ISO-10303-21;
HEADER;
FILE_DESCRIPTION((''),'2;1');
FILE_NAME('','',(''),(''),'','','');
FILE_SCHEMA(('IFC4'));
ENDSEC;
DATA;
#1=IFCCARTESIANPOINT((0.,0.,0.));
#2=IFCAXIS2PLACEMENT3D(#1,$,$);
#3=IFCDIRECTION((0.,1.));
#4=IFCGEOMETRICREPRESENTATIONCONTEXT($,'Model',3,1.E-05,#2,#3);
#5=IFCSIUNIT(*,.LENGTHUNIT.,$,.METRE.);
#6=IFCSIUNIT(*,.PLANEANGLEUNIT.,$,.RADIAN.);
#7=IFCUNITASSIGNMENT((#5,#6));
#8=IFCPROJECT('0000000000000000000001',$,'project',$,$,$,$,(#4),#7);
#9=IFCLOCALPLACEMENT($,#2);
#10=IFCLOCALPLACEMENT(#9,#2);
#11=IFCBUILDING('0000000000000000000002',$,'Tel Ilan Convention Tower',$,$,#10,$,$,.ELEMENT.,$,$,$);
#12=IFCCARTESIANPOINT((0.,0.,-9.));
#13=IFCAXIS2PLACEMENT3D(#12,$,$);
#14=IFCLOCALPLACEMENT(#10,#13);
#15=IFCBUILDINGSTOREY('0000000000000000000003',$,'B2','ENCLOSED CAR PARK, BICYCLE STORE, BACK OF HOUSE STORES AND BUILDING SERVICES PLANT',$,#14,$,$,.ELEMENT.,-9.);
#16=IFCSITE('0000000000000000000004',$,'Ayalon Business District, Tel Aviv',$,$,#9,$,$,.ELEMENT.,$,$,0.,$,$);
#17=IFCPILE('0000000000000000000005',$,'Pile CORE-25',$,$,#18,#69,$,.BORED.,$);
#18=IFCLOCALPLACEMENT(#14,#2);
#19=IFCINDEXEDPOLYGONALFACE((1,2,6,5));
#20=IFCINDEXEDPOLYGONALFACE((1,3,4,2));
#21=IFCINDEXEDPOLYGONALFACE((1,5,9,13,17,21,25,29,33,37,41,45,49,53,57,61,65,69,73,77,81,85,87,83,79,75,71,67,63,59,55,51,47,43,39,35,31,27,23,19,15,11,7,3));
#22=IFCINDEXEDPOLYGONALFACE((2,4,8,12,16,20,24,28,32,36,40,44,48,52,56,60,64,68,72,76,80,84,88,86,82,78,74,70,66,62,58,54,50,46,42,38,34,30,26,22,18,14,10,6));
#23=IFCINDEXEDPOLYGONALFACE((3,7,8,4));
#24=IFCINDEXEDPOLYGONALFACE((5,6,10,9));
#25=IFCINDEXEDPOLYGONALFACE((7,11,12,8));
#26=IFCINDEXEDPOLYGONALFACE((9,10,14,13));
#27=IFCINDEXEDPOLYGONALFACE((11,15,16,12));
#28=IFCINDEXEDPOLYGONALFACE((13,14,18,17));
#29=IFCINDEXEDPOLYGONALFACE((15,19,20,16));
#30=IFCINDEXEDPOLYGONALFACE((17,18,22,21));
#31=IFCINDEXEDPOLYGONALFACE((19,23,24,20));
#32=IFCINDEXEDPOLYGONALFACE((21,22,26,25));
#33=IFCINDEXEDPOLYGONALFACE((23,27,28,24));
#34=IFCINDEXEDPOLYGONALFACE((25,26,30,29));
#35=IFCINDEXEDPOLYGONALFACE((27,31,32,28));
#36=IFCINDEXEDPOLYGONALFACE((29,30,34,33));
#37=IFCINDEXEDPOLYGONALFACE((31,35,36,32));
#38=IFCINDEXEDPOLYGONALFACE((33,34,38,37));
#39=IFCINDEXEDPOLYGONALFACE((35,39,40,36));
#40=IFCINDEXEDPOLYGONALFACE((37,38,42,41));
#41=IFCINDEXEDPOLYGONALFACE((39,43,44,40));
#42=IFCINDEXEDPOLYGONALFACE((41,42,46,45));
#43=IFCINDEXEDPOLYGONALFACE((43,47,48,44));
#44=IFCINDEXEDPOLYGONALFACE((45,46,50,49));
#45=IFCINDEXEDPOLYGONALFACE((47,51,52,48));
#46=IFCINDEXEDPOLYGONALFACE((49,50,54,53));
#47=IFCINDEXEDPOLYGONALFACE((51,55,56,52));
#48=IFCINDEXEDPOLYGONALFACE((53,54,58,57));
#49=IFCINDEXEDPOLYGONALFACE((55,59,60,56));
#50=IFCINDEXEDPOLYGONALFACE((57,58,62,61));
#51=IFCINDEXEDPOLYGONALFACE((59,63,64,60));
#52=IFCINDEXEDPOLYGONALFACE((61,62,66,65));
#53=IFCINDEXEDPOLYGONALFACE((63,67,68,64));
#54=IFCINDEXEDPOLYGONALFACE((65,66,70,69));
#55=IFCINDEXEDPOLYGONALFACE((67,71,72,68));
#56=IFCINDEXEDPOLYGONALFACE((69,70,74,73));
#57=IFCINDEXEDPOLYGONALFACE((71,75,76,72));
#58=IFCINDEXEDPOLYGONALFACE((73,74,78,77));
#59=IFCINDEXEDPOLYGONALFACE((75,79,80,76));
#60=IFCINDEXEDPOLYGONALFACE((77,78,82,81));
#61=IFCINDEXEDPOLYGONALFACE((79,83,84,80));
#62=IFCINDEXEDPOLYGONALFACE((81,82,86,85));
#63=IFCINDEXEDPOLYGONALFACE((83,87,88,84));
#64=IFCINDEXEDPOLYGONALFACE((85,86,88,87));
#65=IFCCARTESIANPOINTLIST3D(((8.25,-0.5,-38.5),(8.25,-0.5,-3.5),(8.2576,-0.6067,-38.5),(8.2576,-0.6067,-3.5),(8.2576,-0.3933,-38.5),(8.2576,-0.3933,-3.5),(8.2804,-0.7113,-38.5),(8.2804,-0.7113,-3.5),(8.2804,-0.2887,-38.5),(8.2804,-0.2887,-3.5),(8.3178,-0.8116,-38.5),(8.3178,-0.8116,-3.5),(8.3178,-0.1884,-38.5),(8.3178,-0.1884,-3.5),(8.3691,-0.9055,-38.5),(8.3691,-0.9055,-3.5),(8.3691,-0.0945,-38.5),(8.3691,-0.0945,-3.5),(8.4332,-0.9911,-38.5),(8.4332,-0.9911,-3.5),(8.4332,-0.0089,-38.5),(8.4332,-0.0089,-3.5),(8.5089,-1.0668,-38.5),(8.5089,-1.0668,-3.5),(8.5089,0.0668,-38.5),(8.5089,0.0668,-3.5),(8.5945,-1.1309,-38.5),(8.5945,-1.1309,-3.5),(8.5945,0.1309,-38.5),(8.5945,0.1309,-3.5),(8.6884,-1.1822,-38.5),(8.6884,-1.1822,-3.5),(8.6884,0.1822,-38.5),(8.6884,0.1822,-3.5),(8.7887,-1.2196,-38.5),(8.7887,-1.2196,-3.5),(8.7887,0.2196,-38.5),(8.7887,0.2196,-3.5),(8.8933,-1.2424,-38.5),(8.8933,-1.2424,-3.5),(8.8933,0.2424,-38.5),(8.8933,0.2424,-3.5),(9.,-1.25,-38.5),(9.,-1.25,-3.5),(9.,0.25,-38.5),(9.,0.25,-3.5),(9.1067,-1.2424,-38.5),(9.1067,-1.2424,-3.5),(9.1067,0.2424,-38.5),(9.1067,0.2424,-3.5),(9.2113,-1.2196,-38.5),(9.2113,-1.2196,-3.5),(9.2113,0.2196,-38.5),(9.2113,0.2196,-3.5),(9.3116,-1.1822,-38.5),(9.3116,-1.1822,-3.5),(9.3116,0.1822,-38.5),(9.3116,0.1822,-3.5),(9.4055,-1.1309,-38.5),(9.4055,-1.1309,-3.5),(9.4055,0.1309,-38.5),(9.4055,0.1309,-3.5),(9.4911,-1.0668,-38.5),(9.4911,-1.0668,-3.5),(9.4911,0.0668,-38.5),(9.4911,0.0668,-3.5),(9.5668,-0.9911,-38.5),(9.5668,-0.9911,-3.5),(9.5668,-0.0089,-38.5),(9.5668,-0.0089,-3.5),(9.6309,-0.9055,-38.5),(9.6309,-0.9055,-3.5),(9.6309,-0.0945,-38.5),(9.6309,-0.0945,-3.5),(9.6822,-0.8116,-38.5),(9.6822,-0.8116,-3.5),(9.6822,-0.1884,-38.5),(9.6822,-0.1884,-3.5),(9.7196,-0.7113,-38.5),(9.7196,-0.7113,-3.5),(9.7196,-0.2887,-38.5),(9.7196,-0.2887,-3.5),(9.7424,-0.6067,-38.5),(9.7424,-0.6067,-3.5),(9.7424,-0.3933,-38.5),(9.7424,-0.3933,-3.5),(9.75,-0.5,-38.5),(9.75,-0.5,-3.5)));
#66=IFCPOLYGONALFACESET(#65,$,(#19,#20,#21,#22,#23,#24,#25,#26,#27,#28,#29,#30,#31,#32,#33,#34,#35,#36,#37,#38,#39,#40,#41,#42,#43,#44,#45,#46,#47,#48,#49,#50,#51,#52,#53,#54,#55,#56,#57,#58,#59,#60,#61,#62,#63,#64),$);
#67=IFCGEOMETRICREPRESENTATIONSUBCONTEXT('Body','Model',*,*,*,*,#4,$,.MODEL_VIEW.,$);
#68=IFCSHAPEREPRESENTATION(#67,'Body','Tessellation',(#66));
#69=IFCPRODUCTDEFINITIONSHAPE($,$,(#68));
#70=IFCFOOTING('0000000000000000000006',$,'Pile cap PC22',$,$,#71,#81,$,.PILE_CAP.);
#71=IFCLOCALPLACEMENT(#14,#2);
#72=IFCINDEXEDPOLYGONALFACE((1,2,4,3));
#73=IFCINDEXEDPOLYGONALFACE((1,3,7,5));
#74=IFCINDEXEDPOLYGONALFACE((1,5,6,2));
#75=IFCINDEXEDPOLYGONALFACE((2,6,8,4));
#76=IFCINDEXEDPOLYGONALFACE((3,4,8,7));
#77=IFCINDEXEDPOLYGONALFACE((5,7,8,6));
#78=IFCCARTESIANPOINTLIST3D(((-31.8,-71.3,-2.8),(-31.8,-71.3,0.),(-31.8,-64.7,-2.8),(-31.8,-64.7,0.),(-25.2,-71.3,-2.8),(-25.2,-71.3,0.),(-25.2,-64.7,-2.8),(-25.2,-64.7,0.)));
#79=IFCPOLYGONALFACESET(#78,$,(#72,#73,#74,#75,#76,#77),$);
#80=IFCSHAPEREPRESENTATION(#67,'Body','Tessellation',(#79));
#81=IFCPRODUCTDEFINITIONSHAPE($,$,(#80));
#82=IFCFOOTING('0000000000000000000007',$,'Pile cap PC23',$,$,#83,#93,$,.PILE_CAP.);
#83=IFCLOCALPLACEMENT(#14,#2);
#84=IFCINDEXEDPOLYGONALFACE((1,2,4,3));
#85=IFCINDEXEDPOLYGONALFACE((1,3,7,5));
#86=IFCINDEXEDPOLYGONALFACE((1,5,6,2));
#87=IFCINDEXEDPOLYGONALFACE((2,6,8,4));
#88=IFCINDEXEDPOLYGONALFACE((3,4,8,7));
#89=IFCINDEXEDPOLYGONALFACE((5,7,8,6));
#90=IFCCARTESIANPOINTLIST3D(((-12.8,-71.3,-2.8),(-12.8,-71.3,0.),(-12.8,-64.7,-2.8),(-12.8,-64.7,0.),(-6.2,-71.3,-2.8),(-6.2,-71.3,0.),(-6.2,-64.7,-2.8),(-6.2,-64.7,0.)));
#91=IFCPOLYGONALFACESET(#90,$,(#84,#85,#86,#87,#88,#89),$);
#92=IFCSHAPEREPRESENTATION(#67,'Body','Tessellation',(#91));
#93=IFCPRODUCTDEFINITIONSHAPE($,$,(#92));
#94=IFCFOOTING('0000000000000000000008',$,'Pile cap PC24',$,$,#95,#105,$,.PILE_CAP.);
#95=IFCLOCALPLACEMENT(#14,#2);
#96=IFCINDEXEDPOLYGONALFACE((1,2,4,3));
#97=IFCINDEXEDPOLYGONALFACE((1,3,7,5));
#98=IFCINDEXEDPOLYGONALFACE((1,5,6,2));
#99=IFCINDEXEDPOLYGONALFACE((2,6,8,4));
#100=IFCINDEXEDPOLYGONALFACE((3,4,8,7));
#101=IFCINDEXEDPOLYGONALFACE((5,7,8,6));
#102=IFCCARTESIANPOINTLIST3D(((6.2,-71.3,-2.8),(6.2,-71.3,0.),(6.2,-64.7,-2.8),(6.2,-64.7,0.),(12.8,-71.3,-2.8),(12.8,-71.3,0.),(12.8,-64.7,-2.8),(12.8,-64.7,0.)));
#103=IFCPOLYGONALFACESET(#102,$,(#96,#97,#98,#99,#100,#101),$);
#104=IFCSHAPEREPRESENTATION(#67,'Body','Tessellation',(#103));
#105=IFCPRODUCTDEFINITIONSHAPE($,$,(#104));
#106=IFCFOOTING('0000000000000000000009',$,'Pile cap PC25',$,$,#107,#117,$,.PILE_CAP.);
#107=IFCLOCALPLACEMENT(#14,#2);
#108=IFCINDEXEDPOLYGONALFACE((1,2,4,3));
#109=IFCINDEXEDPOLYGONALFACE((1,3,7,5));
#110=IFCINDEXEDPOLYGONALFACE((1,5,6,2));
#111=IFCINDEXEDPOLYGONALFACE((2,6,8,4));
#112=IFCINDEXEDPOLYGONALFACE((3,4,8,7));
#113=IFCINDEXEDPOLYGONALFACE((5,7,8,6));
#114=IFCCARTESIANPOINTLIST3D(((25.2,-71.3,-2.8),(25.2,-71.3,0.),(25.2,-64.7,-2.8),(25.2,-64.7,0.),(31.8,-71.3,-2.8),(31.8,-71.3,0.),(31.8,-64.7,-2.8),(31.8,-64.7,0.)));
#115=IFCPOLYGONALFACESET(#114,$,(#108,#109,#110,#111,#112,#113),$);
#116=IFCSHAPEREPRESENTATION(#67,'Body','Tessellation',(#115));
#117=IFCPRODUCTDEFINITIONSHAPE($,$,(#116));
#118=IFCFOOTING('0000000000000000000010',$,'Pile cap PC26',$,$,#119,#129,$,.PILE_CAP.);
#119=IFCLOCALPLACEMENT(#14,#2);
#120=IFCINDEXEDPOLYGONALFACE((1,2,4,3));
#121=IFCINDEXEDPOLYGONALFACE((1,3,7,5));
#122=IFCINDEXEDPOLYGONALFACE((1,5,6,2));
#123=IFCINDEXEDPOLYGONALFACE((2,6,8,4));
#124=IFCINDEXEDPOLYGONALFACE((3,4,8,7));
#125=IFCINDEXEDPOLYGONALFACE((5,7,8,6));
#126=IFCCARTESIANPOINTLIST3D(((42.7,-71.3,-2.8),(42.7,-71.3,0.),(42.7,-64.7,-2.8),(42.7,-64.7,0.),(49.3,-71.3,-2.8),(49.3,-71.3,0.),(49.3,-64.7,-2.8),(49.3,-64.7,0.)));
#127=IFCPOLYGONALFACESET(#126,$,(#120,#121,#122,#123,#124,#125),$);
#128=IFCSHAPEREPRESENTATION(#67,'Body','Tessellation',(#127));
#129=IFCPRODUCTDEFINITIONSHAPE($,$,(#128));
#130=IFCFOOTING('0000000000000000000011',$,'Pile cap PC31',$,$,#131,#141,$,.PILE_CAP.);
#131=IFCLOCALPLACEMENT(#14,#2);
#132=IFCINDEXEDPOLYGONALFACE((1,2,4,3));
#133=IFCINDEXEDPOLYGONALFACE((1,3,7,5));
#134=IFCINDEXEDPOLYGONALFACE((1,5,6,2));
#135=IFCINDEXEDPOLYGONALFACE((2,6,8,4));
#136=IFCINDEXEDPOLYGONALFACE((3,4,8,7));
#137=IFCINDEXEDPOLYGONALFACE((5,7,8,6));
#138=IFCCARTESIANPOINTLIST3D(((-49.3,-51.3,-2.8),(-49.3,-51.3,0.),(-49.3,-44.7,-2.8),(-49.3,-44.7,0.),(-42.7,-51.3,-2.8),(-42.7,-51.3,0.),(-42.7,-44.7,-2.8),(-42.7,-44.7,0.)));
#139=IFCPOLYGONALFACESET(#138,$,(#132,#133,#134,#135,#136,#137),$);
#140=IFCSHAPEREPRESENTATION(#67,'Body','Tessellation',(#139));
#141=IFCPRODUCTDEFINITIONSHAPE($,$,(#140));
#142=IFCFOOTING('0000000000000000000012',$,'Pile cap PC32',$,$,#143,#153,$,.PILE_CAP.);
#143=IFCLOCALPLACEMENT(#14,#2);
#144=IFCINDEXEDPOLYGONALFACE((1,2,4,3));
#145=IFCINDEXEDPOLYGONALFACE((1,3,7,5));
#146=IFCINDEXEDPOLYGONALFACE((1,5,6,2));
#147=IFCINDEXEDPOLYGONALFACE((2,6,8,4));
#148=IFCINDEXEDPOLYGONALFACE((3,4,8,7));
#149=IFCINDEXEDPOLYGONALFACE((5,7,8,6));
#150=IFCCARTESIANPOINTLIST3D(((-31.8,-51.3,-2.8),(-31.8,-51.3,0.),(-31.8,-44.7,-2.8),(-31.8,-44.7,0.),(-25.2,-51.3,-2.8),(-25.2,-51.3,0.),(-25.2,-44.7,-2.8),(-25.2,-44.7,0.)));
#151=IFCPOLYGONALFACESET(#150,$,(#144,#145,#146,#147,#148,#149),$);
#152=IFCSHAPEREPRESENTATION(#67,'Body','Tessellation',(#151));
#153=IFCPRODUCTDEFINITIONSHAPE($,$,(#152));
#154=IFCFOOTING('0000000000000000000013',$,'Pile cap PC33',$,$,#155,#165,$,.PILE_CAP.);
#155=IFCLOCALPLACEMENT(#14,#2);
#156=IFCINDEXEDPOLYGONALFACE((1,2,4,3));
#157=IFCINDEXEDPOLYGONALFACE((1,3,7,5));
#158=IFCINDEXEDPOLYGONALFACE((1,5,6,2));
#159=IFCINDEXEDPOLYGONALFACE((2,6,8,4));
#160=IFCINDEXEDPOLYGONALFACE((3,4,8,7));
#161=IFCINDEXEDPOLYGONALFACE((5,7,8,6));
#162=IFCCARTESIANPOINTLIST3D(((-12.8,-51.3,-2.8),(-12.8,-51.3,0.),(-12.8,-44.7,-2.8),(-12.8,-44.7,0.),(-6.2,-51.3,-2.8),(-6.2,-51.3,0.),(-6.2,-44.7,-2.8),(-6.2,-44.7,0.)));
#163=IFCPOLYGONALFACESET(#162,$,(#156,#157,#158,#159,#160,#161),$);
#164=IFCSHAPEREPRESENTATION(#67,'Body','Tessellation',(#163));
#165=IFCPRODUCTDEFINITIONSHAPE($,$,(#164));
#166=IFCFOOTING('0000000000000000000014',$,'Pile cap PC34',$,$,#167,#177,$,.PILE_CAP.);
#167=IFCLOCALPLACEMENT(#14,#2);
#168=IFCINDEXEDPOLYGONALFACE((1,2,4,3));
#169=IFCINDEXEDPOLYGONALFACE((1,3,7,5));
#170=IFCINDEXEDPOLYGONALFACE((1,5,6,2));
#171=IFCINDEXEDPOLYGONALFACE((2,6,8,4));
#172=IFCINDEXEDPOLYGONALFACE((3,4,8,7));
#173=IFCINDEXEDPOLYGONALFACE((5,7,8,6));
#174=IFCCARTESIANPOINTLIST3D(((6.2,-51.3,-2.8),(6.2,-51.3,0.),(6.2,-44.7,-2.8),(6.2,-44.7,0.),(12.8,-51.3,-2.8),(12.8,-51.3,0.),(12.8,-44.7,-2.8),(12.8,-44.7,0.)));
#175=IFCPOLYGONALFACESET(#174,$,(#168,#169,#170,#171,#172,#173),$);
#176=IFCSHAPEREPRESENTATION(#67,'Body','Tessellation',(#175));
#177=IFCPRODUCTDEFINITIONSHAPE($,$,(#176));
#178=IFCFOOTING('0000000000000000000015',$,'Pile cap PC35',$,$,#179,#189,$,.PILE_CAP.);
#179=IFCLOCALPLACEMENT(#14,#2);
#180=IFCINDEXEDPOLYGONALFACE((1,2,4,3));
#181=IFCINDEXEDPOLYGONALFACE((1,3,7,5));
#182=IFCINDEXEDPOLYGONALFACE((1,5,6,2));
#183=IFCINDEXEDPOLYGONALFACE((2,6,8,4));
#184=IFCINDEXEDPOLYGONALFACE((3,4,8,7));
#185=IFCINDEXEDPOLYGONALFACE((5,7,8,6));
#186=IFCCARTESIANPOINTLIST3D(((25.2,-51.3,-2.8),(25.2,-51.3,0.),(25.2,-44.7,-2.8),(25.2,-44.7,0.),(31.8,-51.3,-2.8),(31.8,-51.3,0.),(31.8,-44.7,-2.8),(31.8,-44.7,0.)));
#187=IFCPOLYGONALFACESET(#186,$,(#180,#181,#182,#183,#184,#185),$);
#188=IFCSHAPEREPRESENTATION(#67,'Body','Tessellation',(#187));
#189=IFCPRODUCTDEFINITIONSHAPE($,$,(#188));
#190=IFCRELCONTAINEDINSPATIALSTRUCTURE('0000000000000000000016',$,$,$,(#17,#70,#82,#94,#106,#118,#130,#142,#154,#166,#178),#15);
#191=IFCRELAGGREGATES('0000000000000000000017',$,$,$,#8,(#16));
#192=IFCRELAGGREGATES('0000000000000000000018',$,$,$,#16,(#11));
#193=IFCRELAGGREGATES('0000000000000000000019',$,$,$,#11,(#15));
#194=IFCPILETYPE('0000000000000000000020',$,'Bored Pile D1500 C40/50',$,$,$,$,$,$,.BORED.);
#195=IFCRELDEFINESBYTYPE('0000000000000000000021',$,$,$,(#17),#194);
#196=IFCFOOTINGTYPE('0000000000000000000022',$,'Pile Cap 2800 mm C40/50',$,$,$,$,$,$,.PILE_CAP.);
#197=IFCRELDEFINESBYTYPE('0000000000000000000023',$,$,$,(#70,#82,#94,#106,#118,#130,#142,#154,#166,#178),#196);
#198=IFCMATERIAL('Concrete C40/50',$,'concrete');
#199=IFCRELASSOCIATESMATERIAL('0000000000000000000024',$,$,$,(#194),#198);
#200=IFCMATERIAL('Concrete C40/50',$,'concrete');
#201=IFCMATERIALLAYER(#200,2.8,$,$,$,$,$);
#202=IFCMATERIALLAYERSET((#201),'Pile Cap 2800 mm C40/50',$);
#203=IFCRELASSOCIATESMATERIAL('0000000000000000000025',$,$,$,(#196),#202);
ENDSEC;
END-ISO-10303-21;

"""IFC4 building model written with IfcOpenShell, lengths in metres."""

from ifc_helpers import new_model, si_unit, direction, frame, origin, origin_2d, place, context, subcontext, project, spatial, polyline, circle, outline, extrude, material, layer, layer_set, material_profile, profile_set, type_object, element, save


model = new_model("IFC4")

# Units and contexts
model_context = context("Model", 3, precision=1e-05, world=origin(), true_north=direction((0.0, 1.0)))
body_context = subcontext(model_context, "Body", "Model", "MODEL_VIEW")
ifc_project = project(units=[si_unit("LENGTHUNIT", "METRE"), si_unit("PLANEANGLEUNIT", "RADIAN")], contexts=[model_context])

# Site, building, storey
site_placement = place(None, origin())
site = spatial("IfcSite", under=ifc_project, at=site_placement, Name="Ayalon Business District, Tel Aviv", CompositionType="ELEMENT", RefElevation=0.0)
building_placement = place(site_placement, origin())
building = spatial("IfcBuilding", under=site, at=building_placement, Name="Tel Ilan Convention Tower", CompositionType="ELEMENT")
storey_placement = place(building_placement, frame((0.0, 0.0, -9.0)))
storey = spatial("IfcBuildingStorey", under=building, at=storey_placement, Name="B2", Description="ENCLOSED CAR PARK, BICYCLE STORE, BACK OF HOUSE STORES AND BUILDING SERVICES PLANT", CompositionType="ELEMENT", Elevation=-9.0)

# Pile
ifc_material_1 = material(Name="Concrete C40/50", Category="concrete")
ifc_material_profile = material_profile(ifc_material_1, circle(Radius=0.75, at=origin_2d()), Name="BORED D1500")
ifc_profile_set = profile_set([ifc_material_profile], Name="Concrete C40/50")
pile_type = type_object("IfcPileType", Name="Bored Pile D1500 C40/50", PredefinedType="BORED", material=ifc_profile_set)
for number, where, z_axis, x_axis, name in (
    (1, (9.0, -0.5, -3.5), (0.0, 0.0, -1.0), (1.0, 0.0, 0.0), "Pile CORE-25"),
):
    element("IfcPile", number, at=place(storey_placement, frame(where, z_axis=z_axis, x_axis=x_axis)), inside=storey, type_object=pile_type, Name=name, PredefinedType="BORED", context=body_context, shape_type="SweptSolid", body=[
        extrude(circle(Radius=0.75, at=origin_2d()), origin(), (0.0, 0.0, 1.0), 35.0),
    ])

# Footings
ifc_material_2 = material(Name="Concrete C40/50", Category="concrete")
ifc_layer_1 = layer(ifc_material_2, 2.8)
ifc_layer_set_1 = layer_set([ifc_layer_1], Name="Pile Cap 2800 mm C40/50")
footing_type = type_object("IfcFootingType", Name="Pile Cap 2800 mm C40/50", PredefinedType="PILE_CAP", material=ifc_layer_set_1)
footing_1_placement = place(storey_placement, frame((0.0, 0.0, -2.8)))
element("IfcFooting", 2, at=footing_1_placement, inside=storey, type_object=footing_type, Name="Pile cap PC22", PredefinedType="PILE_CAP", context=body_context, shape_type="SweptSolid", body=[
    extrude(outline(polyline([(-31.8, -71.3), (-25.2, -71.3), (-25.2, -64.7), (-31.8, -64.7), (-31.8, -71.3)])), origin(), (0.0, 0.0, 1.0), 2.8),
])
footing_2_placement = place(storey_placement, frame((0.0, 0.0, -2.8)))
element("IfcFooting", 3, at=footing_2_placement, inside=storey, type_object=footing_type, Name="Pile cap PC23", PredefinedType="PILE_CAP", context=body_context, shape_type="SweptSolid", body=[
    extrude(outline(polyline([(-12.8, -71.3), (-6.2, -71.3), (-6.2, -64.7), (-12.8, -64.7), (-12.8, -71.3)])), origin(), (0.0, 0.0, 1.0), 2.8),
])
footing_3_placement = place(storey_placement, frame((0.0, 0.0, -2.8)))
element("IfcFooting", 4, at=footing_3_placement, inside=storey, type_object=footing_type, Name="Pile cap PC24", PredefinedType="PILE_CAP", context=body_context, shape_type="SweptSolid", body=[
    extrude(outline(polyline([(6.2, -71.3), (12.8, -71.3), (12.8, -64.7), (6.2, -64.7), (6.2, -71.3)])), origin(), (0.0, 0.0, 1.0), 2.8),
])
footing_4_placement = place(storey_placement, frame((0.0, 0.0, -2.8)))
element("IfcFooting", 5, at=footing_4_placement, inside=storey, type_object=footing_type, Name="Pile cap PC25", PredefinedType="PILE_CAP", context=body_context, shape_type="SweptSolid", body=[
    extrude(outline(polyline([(25.2, -71.3), (31.8, -71.3), (31.8, -64.7), (25.2, -64.7), (25.2, -71.3)])), origin(), (0.0, 0.0, 1.0), 2.8),
])
footing_5_placement = place(storey_placement, frame((0.0, 0.0, -2.8)))
element("IfcFooting", 6, at=footing_5_placement, inside=storey, type_object=footing_type, Name="Pile cap PC26", PredefinedType="PILE_CAP", context=body_context, shape_type="SweptSolid", body=[
    extrude(outline(polyline([(42.7, -71.3), (49.3, -71.3), (49.3, -64.7), (42.7, -64.7), (42.7, -71.3)])), origin(), (0.0, 0.0, 1.0), 2.8),
])
footing_6_placement = place(storey_placement, frame((0.0, 0.0, -2.8)))
element("IfcFooting", 7, at=footing_6_placement, inside=storey, type_object=footing_type, Name="Pile cap PC31", PredefinedType="PILE_CAP", context=body_context, shape_type="SweptSolid", body=[
    extrude(outline(polyline([(-49.3, -51.3), (-42.7, -51.3), (-42.7, -44.7), (-49.3, -44.7), (-49.3, -51.3)])), origin(), (0.0, 0.0, 1.0), 2.8),
])
footing_7_placement = place(storey_placement, frame((0.0, 0.0, -2.8)))
element("IfcFooting", 8, at=footing_7_placement, inside=storey, type_object=footing_type, Name="Pile cap PC32", PredefinedType="PILE_CAP", context=body_context, shape_type="SweptSolid", body=[
    extrude(outline(polyline([(-31.8, -51.3), (-25.2, -51.3), (-25.2, -44.7), (-31.8, -44.7), (-31.8, -51.3)])), origin(), (0.0, 0.0, 1.0), 2.8),
])
footing_8_placement = place(storey_placement, frame((0.0, 0.0, -2.8)))
element("IfcFooting", 9, at=footing_8_placement, inside=storey, type_object=footing_type, Name="Pile cap PC33", PredefinedType="PILE_CAP", context=body_context, shape_type="SweptSolid", body=[
    extrude(outline(polyline([(-12.8, -51.3), (-6.2, -51.3), (-6.2, -44.7), (-12.8, -44.7), (-12.8, -51.3)])), origin(), (0.0, 0.0, 1.0), 2.8),
])
footing_9_placement = place(storey_placement, frame((0.0, 0.0, -2.8)))
element("IfcFooting", 10, at=footing_9_placement, inside=storey, type_object=footing_type, Name="Pile cap PC34", PredefinedType="PILE_CAP", context=body_context, shape_type="SweptSolid", body=[
    extrude(outline(polyline([(6.2, -51.3), (12.8, -51.3), (12.8, -44.7), (6.2, -44.7), (6.2, -51.3)])), origin(), (0.0, 0.0, 1.0), 2.8),
])
footing_10_placement = place(storey_placement, frame((0.0, 0.0, -2.8)))
element("IfcFooting", 11, at=footing_10_placement, inside=storey, type_object=footing_type, Name="Pile cap PC35", PredefinedType="PILE_CAP", context=body_context, shape_type="SweptSolid", body=[
    extrude(outline(polyline([(25.2, -51.3), (31.8, -51.3), (31.8, -44.7), (25.2, -44.7), (25.2, -51.3)])), origin(), (0.0, 0.0, 1.0), 2.8),
])

save(model, "model.ifc")
